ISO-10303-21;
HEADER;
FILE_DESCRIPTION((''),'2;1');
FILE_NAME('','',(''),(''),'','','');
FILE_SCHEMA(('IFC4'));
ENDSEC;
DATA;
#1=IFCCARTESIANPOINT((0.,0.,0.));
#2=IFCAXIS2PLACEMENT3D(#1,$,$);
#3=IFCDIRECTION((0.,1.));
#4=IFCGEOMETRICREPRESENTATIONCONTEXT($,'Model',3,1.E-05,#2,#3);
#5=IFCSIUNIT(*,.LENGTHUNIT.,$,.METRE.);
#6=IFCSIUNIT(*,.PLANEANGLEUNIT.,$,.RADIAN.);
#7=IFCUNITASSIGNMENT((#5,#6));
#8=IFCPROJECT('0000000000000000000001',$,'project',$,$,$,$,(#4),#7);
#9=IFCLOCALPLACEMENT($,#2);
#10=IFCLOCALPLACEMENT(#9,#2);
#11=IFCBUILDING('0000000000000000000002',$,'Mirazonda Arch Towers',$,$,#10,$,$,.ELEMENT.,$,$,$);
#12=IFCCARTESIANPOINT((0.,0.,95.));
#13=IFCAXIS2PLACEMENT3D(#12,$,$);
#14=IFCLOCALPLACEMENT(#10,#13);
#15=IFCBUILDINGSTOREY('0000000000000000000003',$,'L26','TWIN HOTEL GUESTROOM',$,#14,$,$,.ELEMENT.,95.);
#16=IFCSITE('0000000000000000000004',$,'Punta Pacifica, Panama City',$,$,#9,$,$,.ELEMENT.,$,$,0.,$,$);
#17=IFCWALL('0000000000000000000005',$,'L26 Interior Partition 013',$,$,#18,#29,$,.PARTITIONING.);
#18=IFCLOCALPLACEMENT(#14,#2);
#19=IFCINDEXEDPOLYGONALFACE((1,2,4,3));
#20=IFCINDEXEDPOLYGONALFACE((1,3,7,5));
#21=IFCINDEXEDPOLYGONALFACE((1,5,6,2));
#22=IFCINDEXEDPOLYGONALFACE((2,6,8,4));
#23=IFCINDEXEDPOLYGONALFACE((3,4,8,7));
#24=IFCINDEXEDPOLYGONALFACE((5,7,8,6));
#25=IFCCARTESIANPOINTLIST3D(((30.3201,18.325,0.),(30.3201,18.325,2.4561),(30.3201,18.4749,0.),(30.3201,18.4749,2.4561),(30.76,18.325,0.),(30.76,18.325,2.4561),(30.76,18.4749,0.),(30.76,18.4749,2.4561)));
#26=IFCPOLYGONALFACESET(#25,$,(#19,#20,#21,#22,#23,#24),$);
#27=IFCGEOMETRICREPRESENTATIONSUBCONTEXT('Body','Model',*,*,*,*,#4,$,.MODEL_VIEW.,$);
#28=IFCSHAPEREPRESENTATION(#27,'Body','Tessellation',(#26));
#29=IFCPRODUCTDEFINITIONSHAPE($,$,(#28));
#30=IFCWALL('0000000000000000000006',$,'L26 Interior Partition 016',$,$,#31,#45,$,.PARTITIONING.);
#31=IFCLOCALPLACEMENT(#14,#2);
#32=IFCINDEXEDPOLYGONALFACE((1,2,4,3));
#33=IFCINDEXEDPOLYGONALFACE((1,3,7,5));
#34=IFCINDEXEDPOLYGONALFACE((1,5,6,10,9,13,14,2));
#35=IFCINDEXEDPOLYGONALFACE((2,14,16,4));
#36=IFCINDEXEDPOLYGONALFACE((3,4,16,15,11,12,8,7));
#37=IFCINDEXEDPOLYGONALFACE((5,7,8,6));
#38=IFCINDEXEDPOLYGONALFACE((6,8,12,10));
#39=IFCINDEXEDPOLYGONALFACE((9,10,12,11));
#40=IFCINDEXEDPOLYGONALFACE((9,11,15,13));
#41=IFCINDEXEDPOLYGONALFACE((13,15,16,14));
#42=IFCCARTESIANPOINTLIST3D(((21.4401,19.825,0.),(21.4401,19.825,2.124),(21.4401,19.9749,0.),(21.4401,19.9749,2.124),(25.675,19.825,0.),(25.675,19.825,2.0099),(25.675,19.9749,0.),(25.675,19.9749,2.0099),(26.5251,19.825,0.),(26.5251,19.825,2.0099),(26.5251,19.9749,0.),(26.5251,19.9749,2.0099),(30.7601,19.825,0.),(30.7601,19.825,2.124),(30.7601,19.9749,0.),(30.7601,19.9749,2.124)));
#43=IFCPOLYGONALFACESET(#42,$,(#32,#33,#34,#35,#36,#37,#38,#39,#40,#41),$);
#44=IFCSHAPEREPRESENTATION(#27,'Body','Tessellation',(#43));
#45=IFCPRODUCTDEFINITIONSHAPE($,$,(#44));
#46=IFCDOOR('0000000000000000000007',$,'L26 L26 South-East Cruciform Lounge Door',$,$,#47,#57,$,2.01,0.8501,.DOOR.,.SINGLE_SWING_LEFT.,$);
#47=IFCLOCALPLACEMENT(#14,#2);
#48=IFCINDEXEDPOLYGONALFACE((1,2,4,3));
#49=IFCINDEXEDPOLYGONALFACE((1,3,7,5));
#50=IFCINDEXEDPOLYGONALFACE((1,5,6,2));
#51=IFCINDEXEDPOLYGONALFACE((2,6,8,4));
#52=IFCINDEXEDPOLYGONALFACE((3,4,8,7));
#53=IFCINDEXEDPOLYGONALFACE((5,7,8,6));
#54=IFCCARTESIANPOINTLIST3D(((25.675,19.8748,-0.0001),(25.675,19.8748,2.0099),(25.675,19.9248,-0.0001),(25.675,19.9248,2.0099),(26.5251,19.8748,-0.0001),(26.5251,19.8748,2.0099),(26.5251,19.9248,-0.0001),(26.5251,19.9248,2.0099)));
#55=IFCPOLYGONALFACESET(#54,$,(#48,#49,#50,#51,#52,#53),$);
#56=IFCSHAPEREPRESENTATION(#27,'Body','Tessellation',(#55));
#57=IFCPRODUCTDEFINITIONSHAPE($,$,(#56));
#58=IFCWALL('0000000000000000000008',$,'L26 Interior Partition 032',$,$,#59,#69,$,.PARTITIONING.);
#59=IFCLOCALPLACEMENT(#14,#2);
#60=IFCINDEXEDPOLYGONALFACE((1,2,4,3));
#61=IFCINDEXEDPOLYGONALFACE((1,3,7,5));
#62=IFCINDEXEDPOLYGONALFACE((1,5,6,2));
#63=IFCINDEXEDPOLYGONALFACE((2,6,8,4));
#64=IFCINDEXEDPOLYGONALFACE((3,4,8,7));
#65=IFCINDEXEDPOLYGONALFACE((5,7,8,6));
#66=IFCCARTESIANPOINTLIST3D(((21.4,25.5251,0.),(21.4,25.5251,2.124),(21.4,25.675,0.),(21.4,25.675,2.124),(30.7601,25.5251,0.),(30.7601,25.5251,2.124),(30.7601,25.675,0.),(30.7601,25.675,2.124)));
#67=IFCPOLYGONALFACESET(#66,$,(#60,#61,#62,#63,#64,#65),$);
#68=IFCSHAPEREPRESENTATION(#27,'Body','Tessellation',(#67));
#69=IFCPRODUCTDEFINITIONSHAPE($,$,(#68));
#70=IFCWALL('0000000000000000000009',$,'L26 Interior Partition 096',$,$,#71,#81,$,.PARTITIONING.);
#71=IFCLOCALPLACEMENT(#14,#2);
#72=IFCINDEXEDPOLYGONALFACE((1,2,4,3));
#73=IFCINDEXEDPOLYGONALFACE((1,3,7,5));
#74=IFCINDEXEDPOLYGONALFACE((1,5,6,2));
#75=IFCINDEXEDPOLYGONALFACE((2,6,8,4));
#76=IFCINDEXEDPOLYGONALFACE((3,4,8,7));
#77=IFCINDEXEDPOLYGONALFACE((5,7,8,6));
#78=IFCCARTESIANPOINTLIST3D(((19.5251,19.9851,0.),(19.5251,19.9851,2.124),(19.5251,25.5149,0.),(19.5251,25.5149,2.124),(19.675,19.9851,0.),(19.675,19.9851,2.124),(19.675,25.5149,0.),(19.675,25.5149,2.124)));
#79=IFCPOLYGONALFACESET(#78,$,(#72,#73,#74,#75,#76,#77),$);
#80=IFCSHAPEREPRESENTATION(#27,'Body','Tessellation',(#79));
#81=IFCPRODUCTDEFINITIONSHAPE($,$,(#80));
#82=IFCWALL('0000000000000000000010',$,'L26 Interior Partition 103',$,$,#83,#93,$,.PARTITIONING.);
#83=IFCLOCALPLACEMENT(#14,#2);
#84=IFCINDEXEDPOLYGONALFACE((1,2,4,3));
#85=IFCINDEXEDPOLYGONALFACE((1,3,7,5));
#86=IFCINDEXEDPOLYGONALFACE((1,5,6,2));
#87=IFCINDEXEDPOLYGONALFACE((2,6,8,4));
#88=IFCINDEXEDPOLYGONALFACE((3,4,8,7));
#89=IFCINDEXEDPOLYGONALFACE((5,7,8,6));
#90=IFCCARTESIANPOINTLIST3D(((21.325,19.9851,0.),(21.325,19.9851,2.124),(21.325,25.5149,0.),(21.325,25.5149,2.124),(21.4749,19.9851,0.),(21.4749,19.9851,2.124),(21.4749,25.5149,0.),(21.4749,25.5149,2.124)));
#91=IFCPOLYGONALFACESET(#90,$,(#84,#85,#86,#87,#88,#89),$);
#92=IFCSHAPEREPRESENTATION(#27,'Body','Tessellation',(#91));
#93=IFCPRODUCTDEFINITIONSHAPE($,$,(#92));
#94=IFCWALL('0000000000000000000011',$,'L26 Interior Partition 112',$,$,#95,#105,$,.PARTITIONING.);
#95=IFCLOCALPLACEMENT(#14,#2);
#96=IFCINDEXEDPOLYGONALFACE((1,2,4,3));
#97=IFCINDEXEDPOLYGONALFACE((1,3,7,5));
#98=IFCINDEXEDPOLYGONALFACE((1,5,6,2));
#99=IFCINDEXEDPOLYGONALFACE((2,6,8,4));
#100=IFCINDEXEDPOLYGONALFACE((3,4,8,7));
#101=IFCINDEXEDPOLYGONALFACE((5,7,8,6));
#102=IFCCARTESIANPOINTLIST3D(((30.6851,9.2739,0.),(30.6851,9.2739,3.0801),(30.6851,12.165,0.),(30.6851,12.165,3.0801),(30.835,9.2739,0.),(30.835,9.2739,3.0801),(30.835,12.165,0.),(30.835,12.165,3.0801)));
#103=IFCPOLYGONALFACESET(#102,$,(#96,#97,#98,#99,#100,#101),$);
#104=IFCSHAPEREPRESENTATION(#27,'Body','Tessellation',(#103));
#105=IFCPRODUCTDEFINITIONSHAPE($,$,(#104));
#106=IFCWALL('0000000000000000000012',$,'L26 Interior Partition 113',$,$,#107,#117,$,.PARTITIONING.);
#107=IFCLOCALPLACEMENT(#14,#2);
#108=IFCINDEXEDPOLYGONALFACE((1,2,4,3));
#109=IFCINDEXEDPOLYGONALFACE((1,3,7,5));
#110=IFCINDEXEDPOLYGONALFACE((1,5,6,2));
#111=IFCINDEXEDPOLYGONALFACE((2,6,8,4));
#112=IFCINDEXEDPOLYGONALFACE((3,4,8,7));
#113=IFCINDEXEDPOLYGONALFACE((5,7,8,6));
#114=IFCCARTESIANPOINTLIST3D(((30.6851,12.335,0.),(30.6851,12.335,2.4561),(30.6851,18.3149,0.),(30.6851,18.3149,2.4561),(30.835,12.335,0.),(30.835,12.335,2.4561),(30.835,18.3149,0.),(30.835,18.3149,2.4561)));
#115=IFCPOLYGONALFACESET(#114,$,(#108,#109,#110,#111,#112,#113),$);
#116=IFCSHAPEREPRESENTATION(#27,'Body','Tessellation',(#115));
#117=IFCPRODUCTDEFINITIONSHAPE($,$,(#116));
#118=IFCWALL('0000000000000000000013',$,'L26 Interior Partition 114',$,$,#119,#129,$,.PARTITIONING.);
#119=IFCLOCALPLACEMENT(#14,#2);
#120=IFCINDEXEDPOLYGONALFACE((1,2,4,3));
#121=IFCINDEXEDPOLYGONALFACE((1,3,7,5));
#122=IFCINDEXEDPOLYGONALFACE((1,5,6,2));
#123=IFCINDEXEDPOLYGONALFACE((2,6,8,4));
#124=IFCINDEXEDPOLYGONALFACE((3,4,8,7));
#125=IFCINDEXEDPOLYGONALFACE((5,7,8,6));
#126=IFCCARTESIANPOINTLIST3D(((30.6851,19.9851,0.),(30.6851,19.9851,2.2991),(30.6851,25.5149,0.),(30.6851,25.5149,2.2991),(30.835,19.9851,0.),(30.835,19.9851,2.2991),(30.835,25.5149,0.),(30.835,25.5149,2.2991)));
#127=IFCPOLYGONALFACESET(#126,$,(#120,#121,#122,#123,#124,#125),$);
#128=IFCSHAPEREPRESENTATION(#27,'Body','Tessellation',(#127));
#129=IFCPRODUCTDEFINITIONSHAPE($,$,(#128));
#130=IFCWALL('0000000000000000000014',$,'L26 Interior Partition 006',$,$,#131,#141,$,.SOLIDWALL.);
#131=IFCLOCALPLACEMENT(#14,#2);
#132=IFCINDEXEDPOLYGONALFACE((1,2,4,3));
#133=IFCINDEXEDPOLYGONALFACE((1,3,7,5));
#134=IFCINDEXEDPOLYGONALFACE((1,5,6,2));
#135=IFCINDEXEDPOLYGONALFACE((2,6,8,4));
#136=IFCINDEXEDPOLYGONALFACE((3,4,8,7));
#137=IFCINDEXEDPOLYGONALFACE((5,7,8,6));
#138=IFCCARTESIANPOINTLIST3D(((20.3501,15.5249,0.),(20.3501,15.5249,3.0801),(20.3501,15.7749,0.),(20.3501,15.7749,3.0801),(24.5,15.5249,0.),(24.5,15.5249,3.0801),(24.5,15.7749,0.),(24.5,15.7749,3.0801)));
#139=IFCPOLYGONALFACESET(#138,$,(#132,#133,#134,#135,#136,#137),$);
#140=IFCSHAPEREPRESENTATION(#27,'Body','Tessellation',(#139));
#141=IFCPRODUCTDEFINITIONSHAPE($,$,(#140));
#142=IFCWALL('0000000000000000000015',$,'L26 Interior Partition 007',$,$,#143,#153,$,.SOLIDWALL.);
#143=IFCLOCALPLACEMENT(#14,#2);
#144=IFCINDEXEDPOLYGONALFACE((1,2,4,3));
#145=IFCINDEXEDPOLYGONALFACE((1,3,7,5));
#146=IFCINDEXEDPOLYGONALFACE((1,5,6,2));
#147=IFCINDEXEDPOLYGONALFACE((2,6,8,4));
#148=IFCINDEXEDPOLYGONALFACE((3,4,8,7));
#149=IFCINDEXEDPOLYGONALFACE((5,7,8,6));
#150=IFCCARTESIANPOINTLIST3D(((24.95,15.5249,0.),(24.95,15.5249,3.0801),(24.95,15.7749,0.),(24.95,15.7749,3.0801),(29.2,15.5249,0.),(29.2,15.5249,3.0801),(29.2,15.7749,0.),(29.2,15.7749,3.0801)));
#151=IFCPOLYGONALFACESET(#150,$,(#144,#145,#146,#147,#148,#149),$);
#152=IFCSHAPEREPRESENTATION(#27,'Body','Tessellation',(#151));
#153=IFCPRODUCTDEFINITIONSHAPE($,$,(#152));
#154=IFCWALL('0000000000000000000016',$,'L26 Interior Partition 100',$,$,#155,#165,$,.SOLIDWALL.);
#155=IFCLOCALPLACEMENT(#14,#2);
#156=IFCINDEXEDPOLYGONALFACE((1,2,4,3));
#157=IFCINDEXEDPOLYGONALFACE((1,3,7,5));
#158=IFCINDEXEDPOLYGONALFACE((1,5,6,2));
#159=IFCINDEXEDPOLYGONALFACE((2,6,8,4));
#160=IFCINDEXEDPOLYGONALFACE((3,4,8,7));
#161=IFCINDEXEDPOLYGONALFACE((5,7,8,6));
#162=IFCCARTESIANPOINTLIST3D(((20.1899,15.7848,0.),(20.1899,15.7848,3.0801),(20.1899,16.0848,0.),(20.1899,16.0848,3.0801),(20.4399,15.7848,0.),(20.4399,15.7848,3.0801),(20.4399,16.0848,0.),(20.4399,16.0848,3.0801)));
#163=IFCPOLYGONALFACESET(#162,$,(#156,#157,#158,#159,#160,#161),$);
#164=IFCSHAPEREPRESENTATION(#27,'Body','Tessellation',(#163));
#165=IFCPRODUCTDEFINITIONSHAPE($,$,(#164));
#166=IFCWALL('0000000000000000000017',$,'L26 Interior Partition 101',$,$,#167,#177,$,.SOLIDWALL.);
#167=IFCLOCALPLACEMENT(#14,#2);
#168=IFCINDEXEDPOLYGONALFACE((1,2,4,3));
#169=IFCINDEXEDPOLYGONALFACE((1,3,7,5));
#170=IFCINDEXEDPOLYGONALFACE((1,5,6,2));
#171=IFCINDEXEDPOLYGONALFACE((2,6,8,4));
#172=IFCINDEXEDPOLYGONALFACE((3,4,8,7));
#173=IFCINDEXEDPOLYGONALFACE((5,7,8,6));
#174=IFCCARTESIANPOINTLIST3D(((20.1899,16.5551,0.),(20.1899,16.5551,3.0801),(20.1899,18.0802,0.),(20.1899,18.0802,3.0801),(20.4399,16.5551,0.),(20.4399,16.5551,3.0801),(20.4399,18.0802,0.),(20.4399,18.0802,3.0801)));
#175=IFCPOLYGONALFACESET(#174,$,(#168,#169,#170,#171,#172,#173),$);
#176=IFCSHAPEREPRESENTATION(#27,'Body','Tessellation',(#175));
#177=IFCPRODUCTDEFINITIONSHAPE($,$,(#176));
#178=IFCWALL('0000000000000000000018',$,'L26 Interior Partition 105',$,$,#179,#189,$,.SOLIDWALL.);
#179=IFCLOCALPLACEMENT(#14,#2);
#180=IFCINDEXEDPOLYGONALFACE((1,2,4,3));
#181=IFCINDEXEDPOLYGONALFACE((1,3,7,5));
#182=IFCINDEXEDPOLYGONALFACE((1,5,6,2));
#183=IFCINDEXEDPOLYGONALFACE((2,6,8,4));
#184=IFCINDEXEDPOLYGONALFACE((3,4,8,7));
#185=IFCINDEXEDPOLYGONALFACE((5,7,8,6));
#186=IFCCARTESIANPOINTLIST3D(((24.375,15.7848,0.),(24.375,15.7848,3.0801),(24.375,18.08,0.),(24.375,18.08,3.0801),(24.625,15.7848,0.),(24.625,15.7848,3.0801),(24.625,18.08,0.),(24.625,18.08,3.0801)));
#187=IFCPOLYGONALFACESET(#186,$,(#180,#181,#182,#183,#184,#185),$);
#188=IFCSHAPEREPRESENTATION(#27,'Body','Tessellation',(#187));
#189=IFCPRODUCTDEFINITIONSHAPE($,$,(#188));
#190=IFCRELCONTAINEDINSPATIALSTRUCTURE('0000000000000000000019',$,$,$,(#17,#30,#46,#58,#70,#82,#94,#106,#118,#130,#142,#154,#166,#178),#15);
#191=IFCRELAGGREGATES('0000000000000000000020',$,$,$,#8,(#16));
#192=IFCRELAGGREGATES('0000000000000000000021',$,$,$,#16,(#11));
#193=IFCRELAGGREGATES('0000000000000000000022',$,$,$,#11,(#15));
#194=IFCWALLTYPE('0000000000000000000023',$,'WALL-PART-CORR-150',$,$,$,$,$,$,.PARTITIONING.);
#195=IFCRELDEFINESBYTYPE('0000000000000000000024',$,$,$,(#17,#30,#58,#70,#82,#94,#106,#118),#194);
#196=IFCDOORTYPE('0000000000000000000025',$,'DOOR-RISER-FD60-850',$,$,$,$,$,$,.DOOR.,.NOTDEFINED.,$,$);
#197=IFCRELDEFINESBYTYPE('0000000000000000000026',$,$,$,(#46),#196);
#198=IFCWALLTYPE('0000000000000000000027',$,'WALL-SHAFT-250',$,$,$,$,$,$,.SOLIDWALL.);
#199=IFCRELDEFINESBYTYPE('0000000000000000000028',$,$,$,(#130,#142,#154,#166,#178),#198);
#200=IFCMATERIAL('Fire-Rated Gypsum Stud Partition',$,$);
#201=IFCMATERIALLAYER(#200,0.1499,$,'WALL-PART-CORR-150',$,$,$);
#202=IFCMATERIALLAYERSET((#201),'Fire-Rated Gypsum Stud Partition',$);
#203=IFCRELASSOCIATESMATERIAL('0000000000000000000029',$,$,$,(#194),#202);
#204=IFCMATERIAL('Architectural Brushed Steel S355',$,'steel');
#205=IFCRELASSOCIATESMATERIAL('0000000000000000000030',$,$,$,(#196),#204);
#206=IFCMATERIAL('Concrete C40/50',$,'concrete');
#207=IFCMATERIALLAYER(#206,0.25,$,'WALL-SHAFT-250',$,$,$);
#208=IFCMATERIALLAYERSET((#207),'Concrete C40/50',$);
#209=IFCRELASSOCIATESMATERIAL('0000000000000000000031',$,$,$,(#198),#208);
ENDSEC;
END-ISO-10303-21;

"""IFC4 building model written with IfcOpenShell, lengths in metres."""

from ifc_helpers import new_model, si_unit, direction, frame, frame_2d, origin, place, context, subcontext, project, spatial, rectangle, extrude, material, layer, layer_set, type_object, element, fill, save


model = new_model("IFC4")

# Units and contexts
model_context = context("Model", 3, precision=1e-05, world=origin(), true_north=direction((0.0, 1.0)))
body_context = subcontext(model_context, "Body", "Model", "MODEL_VIEW")
ifc_project = project(units=[si_unit("LENGTHUNIT", "METRE"), si_unit("PLANEANGLEUNIT", "RADIAN")], contexts=[model_context])

# Site, building, storey
site_placement = place(None, origin())
site = spatial("IfcSite", under=ifc_project, at=site_placement, Name="Punta Pacifica, Panama City", CompositionType="ELEMENT", RefElevation=0.0)
building_placement = place(site_placement, origin())
building = spatial("IfcBuilding", under=site, at=building_placement, Name="Mirazonda Arch Towers", CompositionType="ELEMENT")
storey_placement = place(building_placement, frame((0.0, 0.0, 95.0)))
storey = spatial("IfcBuildingStorey", under=building, at=storey_placement, Name="L26", Description="TWIN HOTEL GUESTROOM", CompositionType="ELEMENT", Elevation=95.0)

# Wall
ifc_material_1 = material(Name="Fire-Rated Gypsum Stud Partition")
ifc_layer_1 = layer(ifc_material_1, 0.1499, Name="WALL-PART-CORR-150")
ifc_layer_set_1 = layer_set([ifc_layer_1], Name="Fire-Rated Gypsum Stud Partition")
wall_type_1 = type_object("IfcWallType", Name="WALL-PART-CORR-150", PredefinedType="PARTITIONING", material=ifc_layer_set_1)
wall_1_placement = place(storey_placement, frame((30.3201, 18.3999, 0.0), z_axis=(0.0, 0.0, 1.0), x_axis=(1.0, 0.0, 0.0)))
element("IfcWall", 1, at=wall_1_placement, inside=storey, type_object=wall_type_1, Name="L26 Interior Partition 013", PredefinedType="PARTITIONING", context=body_context, shape_type="SweptSolid", body=[
    extrude(rectangle(XDim=0.4399, YDim=0.1499, at=frame_2d((0.22, 0.0))), origin(), (0.0, 0.0, 1.0), 2.4561),
])

# Wall, opening, door
wall_2_placement = place(storey_placement, frame((21.4399, 19.8999, 0.0), z_axis=(0.0, 0.0, 1.0), x_axis=(1.0, 0.0, 0.0)))
wall_2 = element("IfcWall", 2, at=wall_2_placement, inside=storey, type_object=wall_type_1, Name="L26 Interior Partition 016", PredefinedType="PARTITIONING", context=body_context, shape_type="SweptSolid", body=[
    extrude(rectangle(XDim=9.3201, YDim=0.1499, at=frame_2d((4.6602, 0.0))), origin(), (0.0, 0.0, 1.0), 2.124),
])
opening_placement = place(wall_2_placement, frame((4.2351, 0.0, 0.0)))
opening = element("IfcOpeningElement", 3, at=opening_placement, cuts=wall_2, PredefinedType="OPENING", context=body_context, shape_type="SweptSolid", body=[
    extrude(rectangle(XDim=0.8501, YDim=2.01, at=frame_2d((0.425, 1.0049))), frame((0.0, 0.085, 0.0), z_axis=(0.0, -1.0, 0.0), x_axis=(1.0, 0.0, 0.0)), (0.0, 0.0, 1.0), 0.1699),
])
ifc_material_2 = material(Name="Architectural Brushed Steel S355", Category="steel")
door_type = type_object("IfcDoorType", Name="DOOR-RISER-FD60-850", OperationType="NOTDEFINED", PredefinedType="DOOR", material=ifc_material_2)
door_placement = place(opening_placement, origin())
door = element("IfcDoor", 4, at=door_placement, inside=storey, type_object=door_type, Name="L26 L26 South-East Cruciform Lounge Door", OperationType="SINGLE_SWING_LEFT", OverallHeight=2.01, OverallWidth=0.8501, PredefinedType="DOOR", context=body_context, shape_type="SweptSolid", body=[
    extrude(rectangle(XDim=0.8501, YDim=2.01, at=frame_2d((0.425, 1.0049))), frame((0.0, 0.0249, 0.0), z_axis=(0.0, -1.0, 0.0), x_axis=(1.0, 0.0, 0.0)), (0.0, 0.0, 1.0), 0.05),
])
fill(opening, door)

# Walls
wall_3_placement = place(storey_placement, frame((21.3999, 25.6001, 0.0), z_axis=(0.0, 0.0, 1.0), x_axis=(1.0, 0.0, 0.0)))
element("IfcWall", 5, at=wall_3_placement, inside=storey, type_object=wall_type_1, Name="L26 Interior Partition 032", PredefinedType="PARTITIONING", context=body_context, shape_type="SweptSolid", body=[
    extrude(rectangle(XDim=9.3601, YDim=0.1499, at=frame_2d((4.6802, 0.0))), origin(), (0.0, 0.0, 1.0), 2.124),
])
for number, where, z_axis, x_axis, name in (
    (6, (19.6001, 19.9851, 0.0), (0.0, 0.0, 1.0), (0.0, 1.0, 0.0), "L26 Interior Partition 096"),
    (7, (21.3999, 19.9851, 0.0), (0.0, 0.0, 1.0), (0.0, 1.0, 0.0), "L26 Interior Partition 103"),
):
    element("IfcWall", number, at=place(storey_placement, frame(where, z_axis=z_axis, x_axis=x_axis)), inside=storey, type_object=wall_type_1, Name=name, PredefinedType="PARTITIONING", context=body_context, shape_type="SweptSolid", body=[
        extrude(rectangle(XDim=5.5298, YDim=0.1499, at=frame_2d((2.7649, 0.0))), origin(), (0.0, 0.0, 1.0), 2.124),
    ])
wall_4_placement = place(storey_placement, frame((30.76, 9.2739, 0.0), z_axis=(0.0, 0.0, 1.0), x_axis=(0.0, 1.0, 0.0)))
element("IfcWall", 8, at=wall_4_placement, inside=storey, type_object=wall_type_1, Name="L26 Interior Partition 112", PredefinedType="PARTITIONING", context=body_context, shape_type="SweptSolid", body=[
    extrude(rectangle(XDim=2.8911, YDim=0.1499, at=frame_2d((1.4456, 0.0))), origin(), (0.0, 0.0, 1.0), 3.0801),
])
wall_5_placement = place(storey_placement, frame((30.76, 12.335, 0.0), z_axis=(0.0, 0.0, 1.0), x_axis=(0.0, 1.0, 0.0)))
element("IfcWall", 9, at=wall_5_placement, inside=storey, type_object=wall_type_1, Name="L26 Interior Partition 113", PredefinedType="PARTITIONING", context=body_context, shape_type="SweptSolid", body=[
    extrude(rectangle(XDim=5.98, YDim=0.1499, at=frame_2d((2.99, 0.0))), origin(), (0.0, 0.0, 1.0), 2.4561),
])
wall_6_placement = place(storey_placement, frame((30.76, 19.9851, 0.0), z_axis=(0.0, 0.0, 1.0), x_axis=(0.0, 1.0, 0.0)))
element("IfcWall", 10, at=wall_6_placement, inside=storey, type_object=wall_type_1, Name="L26 Interior Partition 114", PredefinedType="PARTITIONING", context=body_context, shape_type="SweptSolid", body=[
    extrude(rectangle(XDim=5.5298, YDim=0.1499, at=frame_2d((2.7649, 0.0))), origin(), (0.0, 0.0, 1.0), 2.2991),
])
ifc_material_3 = material(Name="Concrete C40/50", Category="concrete")
ifc_layer_2 = layer(ifc_material_3, 0.25, Name="WALL-SHAFT-250")
ifc_layer_set_2 = layer_set([ifc_layer_2], Name="Concrete C40/50")
wall_type_2 = type_object("IfcWallType", Name="WALL-SHAFT-250", PredefinedType="SOLIDWALL", material=ifc_layer_set_2)
wall_7_placement = place(storey_placement, frame((20.3501, 15.6499, 0.0), z_axis=(0.0, 0.0, 1.0), x_axis=(1.0, 0.0, 0.0)))
element("IfcWall", 11, at=wall_7_placement, inside=storey, type_object=wall_type_2, Name="L26 Interior Partition 006", PredefinedType="SOLIDWALL", context=body_context, shape_type="SweptSolid", body=[
    extrude(rectangle(XDim=4.1499, YDim=0.25, at=frame_2d((2.075, 0.0))), origin(), (0.0, 0.0, 1.0), 3.0801),
])
wall_8_placement = place(storey_placement, frame((24.95, 15.6499, 0.0), z_axis=(0.0, 0.0, 1.0), x_axis=(1.0, 0.0, 0.0)))
element("IfcWall", 12, at=wall_8_placement, inside=storey, type_object=wall_type_2, Name="L26 Interior Partition 007", PredefinedType="SOLIDWALL", context=body_context, shape_type="SweptSolid", body=[
    extrude(rectangle(XDim=4.25, YDim=0.25, at=frame_2d((2.125, 0.0))), origin(), (0.0, 0.0, 1.0), 3.0801),
])
wall_9_placement = place(storey_placement, frame((20.3149, 15.7849, 0.0), z_axis=(0.0, 0.0, 1.0), x_axis=(0.0, 1.0, 0.0)))
element("IfcWall", 13, at=wall_9_placement, inside=storey, type_object=wall_type_2, Name="L26 Interior Partition 100", PredefinedType="SOLIDWALL", context=body_context, shape_type="SweptSolid", body=[
    extrude(rectangle(XDim=0.3, YDim=0.25, at=frame_2d((0.1499, 0.0))), origin(), (0.0, 0.0, 1.0), 3.0801),
])
wall_10_placement = place(storey_placement, frame((20.3149, 16.5549, 0.0), z_axis=(0.0, 0.0, 1.0), x_axis=(0.0, 1.0, 0.0)))
element("IfcWall", 14, at=wall_10_placement, inside=storey, type_object=wall_type_2, Name="L26 Interior Partition 101", PredefinedType="SOLIDWALL", context=body_context, shape_type="SweptSolid", body=[
    extrude(rectangle(XDim=1.5251, YDim=0.25, at=frame_2d((0.7627, 0.0))), origin(), (0.0, 0.0, 1.0), 3.0801),
])
for number, where, z_axis, x_axis, name in (
    (15, (24.5, 15.7849, 0.0), (0.0, 0.0, 1.0), (0.0, 1.0, 0.0), "L26 Interior Partition 105"),
):
    element("IfcWall", number, at=place(storey_placement, frame(where, z_axis=z_axis, x_axis=x_axis)), inside=storey, type_object=wall_type_2, Name=name, PredefinedType="SOLIDWALL", context=body_context, shape_type="SweptSolid", body=[
        extrude(rectangle(XDim=2.2952, YDim=0.25, at=frame_2d((1.1475, 0.0))), origin(), (0.0, 0.0, 1.0), 3.0801),
    ])

save(model, "model.ifc")
